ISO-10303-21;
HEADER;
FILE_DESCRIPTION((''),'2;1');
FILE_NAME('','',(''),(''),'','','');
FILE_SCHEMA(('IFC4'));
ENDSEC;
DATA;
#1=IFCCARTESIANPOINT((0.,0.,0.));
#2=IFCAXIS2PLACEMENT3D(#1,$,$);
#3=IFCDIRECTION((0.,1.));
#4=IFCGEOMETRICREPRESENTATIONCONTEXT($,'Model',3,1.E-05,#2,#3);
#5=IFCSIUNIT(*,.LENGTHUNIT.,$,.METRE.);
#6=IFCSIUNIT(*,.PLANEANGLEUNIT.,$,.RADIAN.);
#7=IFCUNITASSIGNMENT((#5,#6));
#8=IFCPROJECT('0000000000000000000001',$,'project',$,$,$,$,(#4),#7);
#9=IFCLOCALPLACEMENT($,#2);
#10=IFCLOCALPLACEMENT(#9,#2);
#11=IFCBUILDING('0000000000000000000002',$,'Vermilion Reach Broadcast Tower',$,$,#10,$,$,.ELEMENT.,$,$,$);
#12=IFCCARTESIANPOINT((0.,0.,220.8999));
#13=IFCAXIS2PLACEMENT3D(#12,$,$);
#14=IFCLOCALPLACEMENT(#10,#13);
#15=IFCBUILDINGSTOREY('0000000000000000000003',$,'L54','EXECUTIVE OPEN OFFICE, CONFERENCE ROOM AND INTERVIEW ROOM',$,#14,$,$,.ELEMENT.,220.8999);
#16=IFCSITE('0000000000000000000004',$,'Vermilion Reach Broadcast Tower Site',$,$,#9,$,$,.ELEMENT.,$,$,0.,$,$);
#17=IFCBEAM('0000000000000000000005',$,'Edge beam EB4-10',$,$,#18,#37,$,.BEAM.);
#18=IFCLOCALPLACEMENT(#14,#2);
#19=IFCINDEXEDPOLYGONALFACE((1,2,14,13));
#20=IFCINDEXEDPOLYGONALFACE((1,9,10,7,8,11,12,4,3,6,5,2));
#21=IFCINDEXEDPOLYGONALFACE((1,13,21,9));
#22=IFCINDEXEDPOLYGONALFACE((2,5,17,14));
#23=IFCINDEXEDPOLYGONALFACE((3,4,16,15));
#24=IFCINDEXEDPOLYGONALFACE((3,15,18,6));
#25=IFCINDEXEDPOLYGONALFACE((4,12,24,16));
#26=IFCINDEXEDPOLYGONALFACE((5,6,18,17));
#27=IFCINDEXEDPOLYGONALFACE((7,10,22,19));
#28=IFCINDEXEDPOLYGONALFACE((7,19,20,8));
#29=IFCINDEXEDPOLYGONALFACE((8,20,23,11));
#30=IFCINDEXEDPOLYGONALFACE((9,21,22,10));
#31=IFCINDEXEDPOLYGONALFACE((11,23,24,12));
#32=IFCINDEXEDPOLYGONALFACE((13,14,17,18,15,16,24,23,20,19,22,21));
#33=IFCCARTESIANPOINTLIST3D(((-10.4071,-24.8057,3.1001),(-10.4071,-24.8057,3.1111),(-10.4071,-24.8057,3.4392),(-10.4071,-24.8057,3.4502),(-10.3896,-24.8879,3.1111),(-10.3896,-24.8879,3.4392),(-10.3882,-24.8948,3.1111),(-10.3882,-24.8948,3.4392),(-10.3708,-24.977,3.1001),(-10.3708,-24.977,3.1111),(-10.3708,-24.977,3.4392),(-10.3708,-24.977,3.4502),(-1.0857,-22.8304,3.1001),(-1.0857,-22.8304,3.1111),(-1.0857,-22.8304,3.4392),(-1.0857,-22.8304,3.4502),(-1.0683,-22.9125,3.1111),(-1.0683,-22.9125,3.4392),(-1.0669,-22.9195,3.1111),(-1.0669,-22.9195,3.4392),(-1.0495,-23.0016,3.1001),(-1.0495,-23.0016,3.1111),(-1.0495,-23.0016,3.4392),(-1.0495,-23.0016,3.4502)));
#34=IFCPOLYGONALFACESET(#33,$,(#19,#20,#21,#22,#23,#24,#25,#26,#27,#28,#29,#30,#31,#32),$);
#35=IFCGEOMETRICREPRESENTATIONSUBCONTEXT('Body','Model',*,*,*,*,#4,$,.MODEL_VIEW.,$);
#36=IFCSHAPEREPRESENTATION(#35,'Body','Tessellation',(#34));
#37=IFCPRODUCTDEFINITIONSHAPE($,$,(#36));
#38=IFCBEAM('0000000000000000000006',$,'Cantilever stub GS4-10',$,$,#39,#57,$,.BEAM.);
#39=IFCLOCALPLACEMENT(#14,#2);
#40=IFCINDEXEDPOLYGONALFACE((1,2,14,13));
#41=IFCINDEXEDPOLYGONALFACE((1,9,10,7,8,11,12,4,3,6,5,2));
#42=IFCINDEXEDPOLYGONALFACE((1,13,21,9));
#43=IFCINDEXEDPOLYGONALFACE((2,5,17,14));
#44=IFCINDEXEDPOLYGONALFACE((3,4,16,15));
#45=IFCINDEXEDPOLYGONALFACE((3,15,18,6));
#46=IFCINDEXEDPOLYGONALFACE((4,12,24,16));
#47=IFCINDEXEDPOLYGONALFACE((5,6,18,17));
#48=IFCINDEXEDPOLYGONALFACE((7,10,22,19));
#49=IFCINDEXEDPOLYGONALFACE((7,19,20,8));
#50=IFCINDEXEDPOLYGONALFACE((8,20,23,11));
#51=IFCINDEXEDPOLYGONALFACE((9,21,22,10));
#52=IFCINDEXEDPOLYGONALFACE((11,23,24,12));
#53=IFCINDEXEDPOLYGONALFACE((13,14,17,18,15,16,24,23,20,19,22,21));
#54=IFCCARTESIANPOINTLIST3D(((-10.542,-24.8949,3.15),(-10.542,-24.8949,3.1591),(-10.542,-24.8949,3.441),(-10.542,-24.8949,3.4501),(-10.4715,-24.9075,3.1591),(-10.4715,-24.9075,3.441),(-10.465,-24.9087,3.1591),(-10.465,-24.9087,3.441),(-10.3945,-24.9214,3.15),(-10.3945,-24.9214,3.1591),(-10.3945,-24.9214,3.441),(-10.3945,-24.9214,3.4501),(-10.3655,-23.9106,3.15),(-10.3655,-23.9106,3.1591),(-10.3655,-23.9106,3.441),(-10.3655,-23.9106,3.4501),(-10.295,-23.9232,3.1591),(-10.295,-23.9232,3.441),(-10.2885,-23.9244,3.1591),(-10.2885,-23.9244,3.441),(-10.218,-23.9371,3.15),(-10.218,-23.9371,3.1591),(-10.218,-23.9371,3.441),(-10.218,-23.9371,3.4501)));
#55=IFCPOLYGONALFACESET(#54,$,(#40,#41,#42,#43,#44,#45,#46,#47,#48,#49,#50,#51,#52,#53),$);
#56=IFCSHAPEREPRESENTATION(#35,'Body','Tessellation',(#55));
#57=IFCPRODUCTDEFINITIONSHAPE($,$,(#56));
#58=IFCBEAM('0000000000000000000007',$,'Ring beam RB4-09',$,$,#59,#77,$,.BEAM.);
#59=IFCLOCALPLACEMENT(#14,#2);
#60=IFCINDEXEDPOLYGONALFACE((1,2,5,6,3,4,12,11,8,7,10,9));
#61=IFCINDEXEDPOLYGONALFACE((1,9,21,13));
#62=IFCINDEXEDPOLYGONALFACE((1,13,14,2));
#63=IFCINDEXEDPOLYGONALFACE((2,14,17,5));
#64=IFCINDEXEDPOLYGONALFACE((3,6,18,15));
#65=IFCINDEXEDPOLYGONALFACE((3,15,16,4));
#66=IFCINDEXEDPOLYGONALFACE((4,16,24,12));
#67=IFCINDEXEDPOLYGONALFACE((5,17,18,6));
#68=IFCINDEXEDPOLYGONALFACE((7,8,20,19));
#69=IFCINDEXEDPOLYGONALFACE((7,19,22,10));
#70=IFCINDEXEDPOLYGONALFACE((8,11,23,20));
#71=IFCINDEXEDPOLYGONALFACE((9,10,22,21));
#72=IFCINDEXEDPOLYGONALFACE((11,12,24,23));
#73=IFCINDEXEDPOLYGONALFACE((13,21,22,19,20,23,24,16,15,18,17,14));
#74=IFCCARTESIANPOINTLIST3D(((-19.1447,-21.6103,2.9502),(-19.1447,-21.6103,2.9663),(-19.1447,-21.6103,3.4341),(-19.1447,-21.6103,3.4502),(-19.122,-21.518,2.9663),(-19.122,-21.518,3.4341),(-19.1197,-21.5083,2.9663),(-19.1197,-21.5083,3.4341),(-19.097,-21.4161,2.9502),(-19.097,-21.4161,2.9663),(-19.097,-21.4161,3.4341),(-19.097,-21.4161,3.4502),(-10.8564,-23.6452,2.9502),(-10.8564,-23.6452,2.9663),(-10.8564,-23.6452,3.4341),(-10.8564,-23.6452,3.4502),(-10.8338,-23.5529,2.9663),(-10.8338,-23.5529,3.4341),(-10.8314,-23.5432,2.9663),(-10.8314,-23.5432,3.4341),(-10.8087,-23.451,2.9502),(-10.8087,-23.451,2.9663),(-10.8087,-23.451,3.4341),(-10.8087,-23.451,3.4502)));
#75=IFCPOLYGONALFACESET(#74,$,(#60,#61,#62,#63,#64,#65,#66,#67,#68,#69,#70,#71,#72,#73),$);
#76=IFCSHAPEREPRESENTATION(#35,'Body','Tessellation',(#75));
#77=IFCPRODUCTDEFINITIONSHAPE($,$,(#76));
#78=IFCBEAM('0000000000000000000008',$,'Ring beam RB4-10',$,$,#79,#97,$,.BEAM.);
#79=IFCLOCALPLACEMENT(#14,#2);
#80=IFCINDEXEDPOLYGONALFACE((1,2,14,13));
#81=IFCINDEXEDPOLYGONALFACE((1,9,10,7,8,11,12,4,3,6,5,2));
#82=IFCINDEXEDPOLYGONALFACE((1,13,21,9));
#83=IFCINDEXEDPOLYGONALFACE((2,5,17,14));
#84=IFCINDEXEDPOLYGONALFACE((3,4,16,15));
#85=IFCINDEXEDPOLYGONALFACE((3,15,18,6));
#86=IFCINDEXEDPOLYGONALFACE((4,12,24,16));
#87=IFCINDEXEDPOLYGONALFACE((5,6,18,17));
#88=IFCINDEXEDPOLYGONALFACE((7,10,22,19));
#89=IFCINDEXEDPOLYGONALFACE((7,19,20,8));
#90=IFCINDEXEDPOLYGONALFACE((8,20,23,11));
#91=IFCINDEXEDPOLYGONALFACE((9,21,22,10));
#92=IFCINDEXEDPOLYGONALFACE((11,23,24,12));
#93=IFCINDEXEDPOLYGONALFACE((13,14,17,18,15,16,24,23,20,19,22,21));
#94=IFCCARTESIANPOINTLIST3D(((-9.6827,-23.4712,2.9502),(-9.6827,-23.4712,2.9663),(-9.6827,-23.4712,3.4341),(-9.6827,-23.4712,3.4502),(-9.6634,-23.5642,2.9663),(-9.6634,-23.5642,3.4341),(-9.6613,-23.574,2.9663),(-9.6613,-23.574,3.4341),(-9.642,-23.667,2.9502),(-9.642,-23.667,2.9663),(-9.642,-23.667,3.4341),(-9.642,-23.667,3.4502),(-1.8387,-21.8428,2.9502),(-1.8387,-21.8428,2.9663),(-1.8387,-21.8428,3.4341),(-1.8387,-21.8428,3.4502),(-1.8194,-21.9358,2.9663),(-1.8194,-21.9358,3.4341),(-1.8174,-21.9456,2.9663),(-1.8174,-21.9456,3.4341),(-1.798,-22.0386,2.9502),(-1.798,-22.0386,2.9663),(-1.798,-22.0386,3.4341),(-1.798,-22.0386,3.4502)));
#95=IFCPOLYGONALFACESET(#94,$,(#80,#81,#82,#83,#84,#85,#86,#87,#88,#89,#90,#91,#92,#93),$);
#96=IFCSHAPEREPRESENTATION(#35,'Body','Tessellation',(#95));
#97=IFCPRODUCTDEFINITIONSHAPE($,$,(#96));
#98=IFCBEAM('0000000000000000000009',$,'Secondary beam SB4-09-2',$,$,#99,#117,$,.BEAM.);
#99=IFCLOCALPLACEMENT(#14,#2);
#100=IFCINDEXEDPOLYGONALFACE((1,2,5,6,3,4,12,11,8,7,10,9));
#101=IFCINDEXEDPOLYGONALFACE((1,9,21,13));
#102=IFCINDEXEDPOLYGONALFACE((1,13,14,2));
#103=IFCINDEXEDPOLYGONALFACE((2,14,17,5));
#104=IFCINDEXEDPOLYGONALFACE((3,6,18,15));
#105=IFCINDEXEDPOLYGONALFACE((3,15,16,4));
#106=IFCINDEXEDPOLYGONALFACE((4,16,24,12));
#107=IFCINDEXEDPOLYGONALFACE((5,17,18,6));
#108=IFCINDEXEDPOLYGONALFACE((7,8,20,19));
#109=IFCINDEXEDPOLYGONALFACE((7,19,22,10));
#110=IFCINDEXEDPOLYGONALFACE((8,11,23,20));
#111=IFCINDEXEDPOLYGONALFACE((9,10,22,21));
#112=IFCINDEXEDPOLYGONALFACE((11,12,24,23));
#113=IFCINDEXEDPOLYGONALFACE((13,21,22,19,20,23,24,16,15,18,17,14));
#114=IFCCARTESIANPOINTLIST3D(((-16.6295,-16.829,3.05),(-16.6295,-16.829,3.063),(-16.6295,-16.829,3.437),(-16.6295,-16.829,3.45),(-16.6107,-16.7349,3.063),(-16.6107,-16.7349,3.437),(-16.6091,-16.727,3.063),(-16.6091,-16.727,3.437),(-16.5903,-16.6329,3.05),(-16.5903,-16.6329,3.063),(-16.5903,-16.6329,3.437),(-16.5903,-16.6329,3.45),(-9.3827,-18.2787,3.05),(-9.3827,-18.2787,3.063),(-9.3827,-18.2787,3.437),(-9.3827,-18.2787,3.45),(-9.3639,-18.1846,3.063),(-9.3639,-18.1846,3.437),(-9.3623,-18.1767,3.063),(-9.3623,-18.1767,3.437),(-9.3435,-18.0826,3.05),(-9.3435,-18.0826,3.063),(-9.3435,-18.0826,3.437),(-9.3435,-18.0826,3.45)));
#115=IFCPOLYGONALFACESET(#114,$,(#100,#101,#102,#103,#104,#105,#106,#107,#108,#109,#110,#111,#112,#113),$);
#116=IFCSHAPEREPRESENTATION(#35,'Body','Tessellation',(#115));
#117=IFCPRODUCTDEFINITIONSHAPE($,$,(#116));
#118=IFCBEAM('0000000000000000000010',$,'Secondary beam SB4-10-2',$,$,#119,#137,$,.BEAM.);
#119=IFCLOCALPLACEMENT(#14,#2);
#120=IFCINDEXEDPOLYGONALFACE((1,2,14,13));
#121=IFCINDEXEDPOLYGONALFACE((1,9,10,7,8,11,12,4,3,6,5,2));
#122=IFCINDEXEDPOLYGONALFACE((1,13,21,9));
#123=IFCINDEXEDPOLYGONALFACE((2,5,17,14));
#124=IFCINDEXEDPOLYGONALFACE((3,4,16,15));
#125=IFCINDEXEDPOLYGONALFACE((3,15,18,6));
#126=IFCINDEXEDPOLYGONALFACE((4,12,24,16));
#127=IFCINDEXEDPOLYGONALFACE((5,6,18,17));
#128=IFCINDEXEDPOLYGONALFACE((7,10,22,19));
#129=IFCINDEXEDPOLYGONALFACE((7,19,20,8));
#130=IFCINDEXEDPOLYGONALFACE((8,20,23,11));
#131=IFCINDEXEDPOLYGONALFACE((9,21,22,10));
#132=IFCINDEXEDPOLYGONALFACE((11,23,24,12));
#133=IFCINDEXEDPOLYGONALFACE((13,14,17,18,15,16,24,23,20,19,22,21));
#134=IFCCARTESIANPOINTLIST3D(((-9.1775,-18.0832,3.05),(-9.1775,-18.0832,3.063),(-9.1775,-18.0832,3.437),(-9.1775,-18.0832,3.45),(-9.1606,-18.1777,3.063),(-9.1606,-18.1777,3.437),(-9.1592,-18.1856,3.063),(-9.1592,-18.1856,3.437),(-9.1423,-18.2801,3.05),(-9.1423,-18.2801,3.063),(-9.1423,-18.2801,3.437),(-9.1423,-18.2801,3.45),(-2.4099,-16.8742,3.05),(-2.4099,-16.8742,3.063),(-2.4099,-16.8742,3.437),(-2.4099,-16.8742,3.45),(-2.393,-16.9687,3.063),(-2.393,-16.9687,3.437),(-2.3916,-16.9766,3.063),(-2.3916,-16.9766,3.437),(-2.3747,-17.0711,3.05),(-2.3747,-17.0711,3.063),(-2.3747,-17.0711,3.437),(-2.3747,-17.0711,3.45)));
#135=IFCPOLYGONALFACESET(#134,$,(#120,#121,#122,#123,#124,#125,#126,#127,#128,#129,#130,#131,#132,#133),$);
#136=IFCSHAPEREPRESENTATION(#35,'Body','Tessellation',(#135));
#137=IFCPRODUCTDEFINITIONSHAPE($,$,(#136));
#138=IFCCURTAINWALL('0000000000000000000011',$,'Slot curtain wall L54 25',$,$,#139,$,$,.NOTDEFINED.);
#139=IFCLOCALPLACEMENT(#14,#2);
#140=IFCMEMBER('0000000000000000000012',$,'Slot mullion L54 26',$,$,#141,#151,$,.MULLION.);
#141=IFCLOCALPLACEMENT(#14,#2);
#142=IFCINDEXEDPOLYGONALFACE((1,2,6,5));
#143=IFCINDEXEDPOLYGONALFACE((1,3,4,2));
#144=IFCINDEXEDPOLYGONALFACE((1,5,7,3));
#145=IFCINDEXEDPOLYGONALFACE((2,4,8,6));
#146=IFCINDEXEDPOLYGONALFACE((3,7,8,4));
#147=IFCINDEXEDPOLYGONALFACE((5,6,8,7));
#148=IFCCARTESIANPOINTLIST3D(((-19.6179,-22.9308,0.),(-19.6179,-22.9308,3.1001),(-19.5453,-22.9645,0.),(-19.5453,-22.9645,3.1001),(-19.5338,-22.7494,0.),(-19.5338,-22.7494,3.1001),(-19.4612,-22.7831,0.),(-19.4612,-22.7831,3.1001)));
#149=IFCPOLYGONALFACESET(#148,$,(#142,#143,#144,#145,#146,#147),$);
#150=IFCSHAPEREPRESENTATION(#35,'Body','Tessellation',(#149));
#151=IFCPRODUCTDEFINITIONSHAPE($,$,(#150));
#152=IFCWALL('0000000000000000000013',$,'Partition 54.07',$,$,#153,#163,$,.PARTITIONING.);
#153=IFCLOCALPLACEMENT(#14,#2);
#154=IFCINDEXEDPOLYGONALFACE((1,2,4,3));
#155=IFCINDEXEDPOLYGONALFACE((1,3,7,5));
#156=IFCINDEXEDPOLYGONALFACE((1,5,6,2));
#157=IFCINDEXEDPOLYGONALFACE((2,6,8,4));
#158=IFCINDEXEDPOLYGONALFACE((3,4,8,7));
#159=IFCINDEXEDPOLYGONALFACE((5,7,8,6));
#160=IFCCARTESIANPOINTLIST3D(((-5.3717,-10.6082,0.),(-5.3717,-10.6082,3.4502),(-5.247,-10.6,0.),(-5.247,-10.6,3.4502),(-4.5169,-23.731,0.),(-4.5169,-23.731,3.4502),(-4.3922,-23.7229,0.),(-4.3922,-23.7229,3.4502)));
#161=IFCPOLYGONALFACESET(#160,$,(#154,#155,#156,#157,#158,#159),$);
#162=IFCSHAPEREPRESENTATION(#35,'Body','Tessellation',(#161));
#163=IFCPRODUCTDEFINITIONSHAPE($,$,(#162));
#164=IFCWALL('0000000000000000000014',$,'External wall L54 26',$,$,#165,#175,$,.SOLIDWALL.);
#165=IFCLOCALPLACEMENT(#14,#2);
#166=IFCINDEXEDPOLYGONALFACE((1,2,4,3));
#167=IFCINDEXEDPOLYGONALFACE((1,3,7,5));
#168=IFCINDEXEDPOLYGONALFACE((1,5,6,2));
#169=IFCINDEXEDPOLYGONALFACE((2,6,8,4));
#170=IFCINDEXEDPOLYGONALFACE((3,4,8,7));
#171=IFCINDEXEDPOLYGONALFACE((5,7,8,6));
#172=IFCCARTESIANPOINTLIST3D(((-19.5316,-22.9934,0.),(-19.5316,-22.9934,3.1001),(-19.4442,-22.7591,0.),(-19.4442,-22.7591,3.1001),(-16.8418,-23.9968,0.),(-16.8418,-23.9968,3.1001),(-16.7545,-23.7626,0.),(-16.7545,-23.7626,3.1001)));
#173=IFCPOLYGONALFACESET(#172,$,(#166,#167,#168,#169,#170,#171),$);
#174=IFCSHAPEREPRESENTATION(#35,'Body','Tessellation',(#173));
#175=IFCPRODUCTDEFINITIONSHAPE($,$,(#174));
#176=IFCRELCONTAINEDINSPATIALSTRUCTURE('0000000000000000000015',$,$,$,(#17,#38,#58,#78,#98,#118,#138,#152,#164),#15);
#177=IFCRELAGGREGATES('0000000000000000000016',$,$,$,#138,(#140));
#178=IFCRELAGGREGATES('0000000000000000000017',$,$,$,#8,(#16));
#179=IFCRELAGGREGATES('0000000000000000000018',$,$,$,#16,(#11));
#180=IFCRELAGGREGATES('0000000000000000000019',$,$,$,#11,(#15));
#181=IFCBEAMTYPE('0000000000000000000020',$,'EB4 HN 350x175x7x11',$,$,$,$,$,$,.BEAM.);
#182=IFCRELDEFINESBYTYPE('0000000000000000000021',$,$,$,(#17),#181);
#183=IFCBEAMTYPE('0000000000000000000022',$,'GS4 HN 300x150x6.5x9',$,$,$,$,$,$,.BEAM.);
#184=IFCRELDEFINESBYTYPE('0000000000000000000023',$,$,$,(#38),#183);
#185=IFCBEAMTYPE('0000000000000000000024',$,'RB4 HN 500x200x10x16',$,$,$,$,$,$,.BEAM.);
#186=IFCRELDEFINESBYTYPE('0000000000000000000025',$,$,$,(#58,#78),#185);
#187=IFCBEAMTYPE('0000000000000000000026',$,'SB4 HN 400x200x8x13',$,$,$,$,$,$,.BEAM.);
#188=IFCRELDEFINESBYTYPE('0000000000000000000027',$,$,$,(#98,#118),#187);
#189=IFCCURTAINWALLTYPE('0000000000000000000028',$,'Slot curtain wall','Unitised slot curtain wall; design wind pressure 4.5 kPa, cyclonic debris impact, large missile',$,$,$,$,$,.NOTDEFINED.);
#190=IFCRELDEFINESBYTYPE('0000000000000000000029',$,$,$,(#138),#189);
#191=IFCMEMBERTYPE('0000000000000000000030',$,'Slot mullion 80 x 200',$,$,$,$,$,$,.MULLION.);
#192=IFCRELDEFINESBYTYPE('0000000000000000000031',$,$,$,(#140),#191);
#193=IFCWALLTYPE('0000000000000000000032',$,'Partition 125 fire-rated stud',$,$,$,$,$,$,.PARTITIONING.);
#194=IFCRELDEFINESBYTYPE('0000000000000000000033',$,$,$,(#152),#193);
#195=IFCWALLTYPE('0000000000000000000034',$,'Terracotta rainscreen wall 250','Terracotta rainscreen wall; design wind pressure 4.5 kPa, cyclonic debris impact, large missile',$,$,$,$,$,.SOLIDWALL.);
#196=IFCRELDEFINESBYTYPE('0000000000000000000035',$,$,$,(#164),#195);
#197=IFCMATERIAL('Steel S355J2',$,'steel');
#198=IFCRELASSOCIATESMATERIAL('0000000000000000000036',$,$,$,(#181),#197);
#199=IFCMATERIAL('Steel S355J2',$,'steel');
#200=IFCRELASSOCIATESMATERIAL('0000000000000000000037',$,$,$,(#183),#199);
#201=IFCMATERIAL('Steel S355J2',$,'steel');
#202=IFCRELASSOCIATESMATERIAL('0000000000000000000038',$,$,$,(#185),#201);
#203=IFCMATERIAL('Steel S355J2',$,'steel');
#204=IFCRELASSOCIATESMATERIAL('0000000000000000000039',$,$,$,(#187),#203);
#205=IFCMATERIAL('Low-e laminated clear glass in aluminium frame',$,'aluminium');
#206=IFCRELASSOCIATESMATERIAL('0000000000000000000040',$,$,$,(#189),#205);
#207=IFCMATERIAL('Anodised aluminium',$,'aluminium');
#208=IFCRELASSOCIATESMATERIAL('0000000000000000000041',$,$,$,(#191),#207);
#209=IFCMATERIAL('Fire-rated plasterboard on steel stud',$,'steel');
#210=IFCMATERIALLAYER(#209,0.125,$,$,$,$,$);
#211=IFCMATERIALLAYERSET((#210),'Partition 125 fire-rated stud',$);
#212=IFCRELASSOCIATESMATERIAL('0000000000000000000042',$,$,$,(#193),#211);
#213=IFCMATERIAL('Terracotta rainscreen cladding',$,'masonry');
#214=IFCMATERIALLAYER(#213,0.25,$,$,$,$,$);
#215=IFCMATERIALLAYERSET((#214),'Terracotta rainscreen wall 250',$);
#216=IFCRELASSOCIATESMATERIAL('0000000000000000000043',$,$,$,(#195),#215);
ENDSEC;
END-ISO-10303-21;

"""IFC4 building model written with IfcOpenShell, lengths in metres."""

from ifc_helpers import new_model, si_unit, direction, frame, frame_2d, origin, origin_2d, place, context, subcontext, project, spatial, rectangle, i_section, extrude, material, layer, layer_set, material_profile, profile_set, type_object, element, aggregate, save


model = new_model("IFC4")

# Units and contexts
model_context = context("Model", 3, precision=1e-05, world=origin(), true_north=direction((0.0, 1.0)))
body_context = subcontext(model_context, "Body", "Model", "MODEL_VIEW")
ifc_project = project(units=[si_unit("LENGTHUNIT", "METRE"), si_unit("PLANEANGLEUNIT", "RADIAN")], contexts=[model_context])

# Site, building, storey
site_placement = place(None, origin())
site = spatial("IfcSite", under=ifc_project, at=site_placement, Name="Vermilion Reach Broadcast Tower Site", CompositionType="ELEMENT", RefElevation=0.0)
building_placement = place(site_placement, origin())
building = spatial("IfcBuilding", under=site, at=building_placement, Name="Vermilion Reach Broadcast Tower", CompositionType="ELEMENT")
storey_placement = place(building_placement, frame((0.0, 0.0, 220.8999)))
storey = spatial("IfcBuildingStorey", under=building, at=storey_placement, Name="L54", Description="EXECUTIVE OPEN OFFICE, CONFERENCE ROOM AND INTERVIEW ROOM", CompositionType="ELEMENT", Elevation=220.8999)

# Beams
ifc_material_1 = material(Name="Steel S355J2", Category="steel")
ifc_material_profile_1 = material_profile(ifc_material_1, i_section(OverallWidth=0.175, OverallDepth=0.3501, WebThickness=0.0071, FlangeThickness=0.011, at=origin_2d()), Name="S355J2 HN 350x175x7x11")
ifc_profile_set_1 = profile_set([ifc_material_profile_1], Name="Steel S355J2")
beam_type_1 = type_object("IfcBeamType", Name="EB4 HN 350x175x7x11", PredefinedType="BEAM", material=ifc_profile_set_1)
beam_1_placement = place(storey_placement, frame((-10.3889, -24.8914, 3.2751), z_axis=(0.978275, 0.207313, 0.0), x_axis=(-0.207313, 0.978275, 0.0)))
element("IfcBeam", 1, at=beam_1_placement, inside=storey, type_object=beam_type_1, Name="Edge beam EB4-10", PredefinedType="BEAM", context=body_context, shape_type="SweptSolid", body=[
    extrude(i_section(OverallWidth=0.175, OverallDepth=0.3501, WebThickness=0.0071, FlangeThickness=0.011, at=origin_2d()), origin(), (0.0, 0.0, 1.0), 9.5283),
])
ifc_material_2 = material(Name="Steel S355J2", Category="steel")
ifc_material_profile_2 = material_profile(ifc_material_2, i_section(OverallWidth=0.1499, OverallDepth=0.3, WebThickness=0.0066, FlangeThickness=0.009, at=origin_2d()), Name="S355J2 HN 300x150x6.5x9")
ifc_profile_set_2 = profile_set([ifc_material_profile_2], Name="Steel S355J2")
beam_type_2 = type_object("IfcBeamType", Name="GS4 HN 300x150x6.5x9", PredefinedType="BEAM", material=ifc_profile_set_2)
beam_2_placement = place(storey_placement, frame((-10.2917, -23.9238, 3.3), z_axis=(-0.1765, -0.984301, 0.0), x_axis=(0.984301, -0.1765, 0.0)))
element("IfcBeam", 2, at=beam_2_placement, inside=storey, type_object=beam_type_2, Name="Cantilever stub GS4-10", PredefinedType="BEAM", context=body_context, shape_type="SweptSolid", body=[
    extrude(i_section(OverallWidth=0.1499, OverallDepth=0.3, WebThickness=0.0066, FlangeThickness=0.009, at=origin_2d()), origin(), (0.0, 0.0, 1.0), 1.0),
])
ifc_material_3 = material(Name="Steel S355J2", Category="steel")
ifc_material_profile_3 = material_profile(ifc_material_3, i_section(OverallWidth=0.2, OverallDepth=0.5, WebThickness=0.01, FlangeThickness=0.0161, at=origin_2d()), Name="S355J2 HN 500x200x10x16")
ifc_profile_set_3 = profile_set([ifc_material_profile_3], Name="Steel S355J2")
beam_type_3 = type_object("IfcBeamType", Name="RB4 HN 500x200x10x16", PredefinedType="BEAM", material=ifc_profile_set_3)
beam_3_placement = place(storey_placement, frame((-19.1208, -21.5132, 3.2002), z_axis=(0.971159, -0.238434, 0.0), x_axis=(0.238434, 0.971159, 0.0)))
element("IfcBeam", 3, at=beam_3_placement, inside=storey, type_object=beam_type_3, Name="Ring beam RB4-09", PredefinedType="BEAM", context=body_context, shape_type="SweptSolid", body=[
    extrude(i_section(OverallWidth=0.2, OverallDepth=0.5, WebThickness=0.01, FlangeThickness=0.0161, at=origin_2d()), origin(), (0.0, 0.0, 1.0), 8.5344),
])
beam_4_placement = place(storey_placement, frame((-9.6624, -23.5691, 3.2002), z_axis=(0.979123, 0.203267, 0.0), x_axis=(-0.203267, 0.979123, 0.0)))
element("IfcBeam", 4, at=beam_4_placement, inside=storey, type_object=beam_type_3, Name="Ring beam RB4-10", PredefinedType="BEAM", context=body_context, shape_type="SweptSolid", body=[
    extrude(i_section(OverallWidth=0.2, OverallDepth=0.5, WebThickness=0.01, FlangeThickness=0.0161, at=origin_2d()), origin(), (0.0, 0.0, 1.0), 8.0112),
])
ifc_material_4 = material(Name="Steel S355J2", Category="steel")
ifc_material_profile_4 = material_profile(ifc_material_4, i_section(OverallWidth=0.2, OverallDepth=0.3999, WebThickness=0.0081, FlangeThickness=0.0129, at=origin_2d()), Name="S355J2 HN 400x200x8x13")
ifc_profile_set_4 = profile_set([ifc_material_profile_4], Name="Steel S355J2")
beam_type_4 = type_object("IfcBeamType", Name="SB4 HN 400x200x8x13", PredefinedType="BEAM", material=ifc_profile_set_4)
beam_5_placement = place(storey_placement, frame((-16.6099, -16.731, 3.25), z_axis=(0.980572, -0.196161, 0.0), x_axis=(0.196161, 0.980572, 0.0)))
element("IfcBeam", 5, at=beam_5_placement, inside=storey, type_object=beam_type_4, Name="Secondary beam SB4-09-2", PredefinedType="BEAM", context=body_context, shape_type="SweptSolid", body=[
    extrude(i_section(OverallWidth=0.2, OverallDepth=0.3999, WebThickness=0.0081, FlangeThickness=0.0129, at=origin_2d()), origin(), (0.0, 0.0, 1.0), 7.3904),
])
beam_6_placement = place(storey_placement, frame((-9.1599, -18.1816, 3.25), z_axis=(0.984415, 0.175859, 0.0), x_axis=(-0.175859, 0.984415, 0.0)))
element("IfcBeam", 6, at=beam_6_placement, inside=storey, type_object=beam_type_4, Name="Secondary beam SB4-10-2", PredefinedType="BEAM", context=body_context, shape_type="SweptSolid", body=[
    extrude(i_section(OverallWidth=0.2, OverallDepth=0.3999, WebThickness=0.0081, FlangeThickness=0.0129, at=origin_2d()), origin(), (0.0, 0.0, 1.0), 6.8748),
])

# Curtain wall, member
ifc_material_5 = material(Name="Low-e laminated clear glass in aluminium frame", Category="aluminium")
curtain_wall_type = type_object("IfcCurtainWallType", Name="Slot curtain wall", Description="Unitised slot curtain wall; design wind pressure 4.5 kPa, cyclonic debris impact, large missile", PredefinedType="NOTDEFINED", material=ifc_material_5)
curtain_wall_placement = place(storey_placement, origin())
curtain_wall = element("IfcCurtainWall", 7, at=curtain_wall_placement, inside=storey, type_object=curtain_wall_type, Name="Slot curtain wall L54 25", PredefinedType="NOTDEFINED")
ifc_material_6 = material(Name="Anodised aluminium", Category="aluminium")
ifc_material_profile_5 = material_profile(ifc_material_6, rectangle(XDim=0.2, YDim=0.0801, at=origin_2d()), Name="Slot mullion 80 x 200")
ifc_profile_set_5 = profile_set([ifc_material_profile_5], Name="Anodised aluminium")
member_type = type_object("IfcMemberType", Name="Slot mullion 80 x 200", PredefinedType="MULLION", material=ifc_profile_set_5)
member_placement = place(storey_placement, frame((-19.5396, -22.8569, 0.0), z_axis=(0.0, 0.0, 1.0), x_axis=(0.420823, 0.907143, 0.0)))
member = element("IfcMember", 8, at=member_placement, type_object=member_type, Name="Slot mullion L54 26", PredefinedType="MULLION", context=body_context, shape_type="SweptSolid", body=[
    extrude(rectangle(XDim=0.2, YDim=0.0801, at=origin_2d()), origin(), (0.0, 0.0, 1.0), 3.1001),
])
aggregate(curtain_wall, [member])

# Walls
ifc_material_7 = material(Name="Fire-rated plasterboard on steel stud", Category="steel")
ifc_layer_1 = layer(ifc_material_7, 0.125)
ifc_layer_set_1 = layer_set([ifc_layer_1], Name="Partition 125 fire-rated stud")
wall_type_1 = type_object("IfcWallType", Name="Partition 125 fire-rated stud", PredefinedType="PARTITIONING", material=ifc_layer_set_1)
wall_1_placement = place(storey_placement, frame((-4.4546, -23.7268, 0.0), z_axis=(0.0, 0.0, 1.0), x_axis=(-0.064996, 0.997886, 0.0)))
element("IfcWall", 9, at=wall_1_placement, inside=storey, type_object=wall_type_1, Name="Partition 54.07", PredefinedType="PARTITIONING", context=body_context, shape_type="SweptSolid", body=[
    extrude(rectangle(XDim=13.1506, YDim=0.125, at=frame_2d((6.5752, 0.0))), origin(), (0.0, 0.0, 1.0), 3.4502),
])
ifc_material_8 = material(Name="Terracotta rainscreen cladding", Category="masonry")
ifc_layer_2 = layer(ifc_material_8, 0.25)
ifc_layer_set_2 = layer_set([ifc_layer_2], Name="Terracotta rainscreen wall 250")
wall_type_2 = type_object("IfcWallType", Name="Terracotta rainscreen wall 250", Description="Terracotta rainscreen wall; design wind pressure 4.5 kPa, cyclonic debris impact, large missile", PredefinedType="SOLIDWALL", material=ifc_layer_set_2)
wall_2_placement = place(storey_placement, frame((-19.488, -22.8762, 0.0), z_axis=(0.0, 0.0, 1.0), x_axis=(0.936925, -0.349529, 0.0)))
element("IfcWall", 10, at=wall_2_placement, inside=storey, type_object=wall_type_2, Name="External wall L54 26", PredefinedType="SOLIDWALL", context=body_context, shape_type="SweptSolid", body=[
    extrude(rectangle(XDim=2.8708, YDim=0.25, at=frame_2d((1.4355, 0.0))), origin(), (0.0, 0.0, 1.0), 3.1001),
])

save(model, "model.ifc")
